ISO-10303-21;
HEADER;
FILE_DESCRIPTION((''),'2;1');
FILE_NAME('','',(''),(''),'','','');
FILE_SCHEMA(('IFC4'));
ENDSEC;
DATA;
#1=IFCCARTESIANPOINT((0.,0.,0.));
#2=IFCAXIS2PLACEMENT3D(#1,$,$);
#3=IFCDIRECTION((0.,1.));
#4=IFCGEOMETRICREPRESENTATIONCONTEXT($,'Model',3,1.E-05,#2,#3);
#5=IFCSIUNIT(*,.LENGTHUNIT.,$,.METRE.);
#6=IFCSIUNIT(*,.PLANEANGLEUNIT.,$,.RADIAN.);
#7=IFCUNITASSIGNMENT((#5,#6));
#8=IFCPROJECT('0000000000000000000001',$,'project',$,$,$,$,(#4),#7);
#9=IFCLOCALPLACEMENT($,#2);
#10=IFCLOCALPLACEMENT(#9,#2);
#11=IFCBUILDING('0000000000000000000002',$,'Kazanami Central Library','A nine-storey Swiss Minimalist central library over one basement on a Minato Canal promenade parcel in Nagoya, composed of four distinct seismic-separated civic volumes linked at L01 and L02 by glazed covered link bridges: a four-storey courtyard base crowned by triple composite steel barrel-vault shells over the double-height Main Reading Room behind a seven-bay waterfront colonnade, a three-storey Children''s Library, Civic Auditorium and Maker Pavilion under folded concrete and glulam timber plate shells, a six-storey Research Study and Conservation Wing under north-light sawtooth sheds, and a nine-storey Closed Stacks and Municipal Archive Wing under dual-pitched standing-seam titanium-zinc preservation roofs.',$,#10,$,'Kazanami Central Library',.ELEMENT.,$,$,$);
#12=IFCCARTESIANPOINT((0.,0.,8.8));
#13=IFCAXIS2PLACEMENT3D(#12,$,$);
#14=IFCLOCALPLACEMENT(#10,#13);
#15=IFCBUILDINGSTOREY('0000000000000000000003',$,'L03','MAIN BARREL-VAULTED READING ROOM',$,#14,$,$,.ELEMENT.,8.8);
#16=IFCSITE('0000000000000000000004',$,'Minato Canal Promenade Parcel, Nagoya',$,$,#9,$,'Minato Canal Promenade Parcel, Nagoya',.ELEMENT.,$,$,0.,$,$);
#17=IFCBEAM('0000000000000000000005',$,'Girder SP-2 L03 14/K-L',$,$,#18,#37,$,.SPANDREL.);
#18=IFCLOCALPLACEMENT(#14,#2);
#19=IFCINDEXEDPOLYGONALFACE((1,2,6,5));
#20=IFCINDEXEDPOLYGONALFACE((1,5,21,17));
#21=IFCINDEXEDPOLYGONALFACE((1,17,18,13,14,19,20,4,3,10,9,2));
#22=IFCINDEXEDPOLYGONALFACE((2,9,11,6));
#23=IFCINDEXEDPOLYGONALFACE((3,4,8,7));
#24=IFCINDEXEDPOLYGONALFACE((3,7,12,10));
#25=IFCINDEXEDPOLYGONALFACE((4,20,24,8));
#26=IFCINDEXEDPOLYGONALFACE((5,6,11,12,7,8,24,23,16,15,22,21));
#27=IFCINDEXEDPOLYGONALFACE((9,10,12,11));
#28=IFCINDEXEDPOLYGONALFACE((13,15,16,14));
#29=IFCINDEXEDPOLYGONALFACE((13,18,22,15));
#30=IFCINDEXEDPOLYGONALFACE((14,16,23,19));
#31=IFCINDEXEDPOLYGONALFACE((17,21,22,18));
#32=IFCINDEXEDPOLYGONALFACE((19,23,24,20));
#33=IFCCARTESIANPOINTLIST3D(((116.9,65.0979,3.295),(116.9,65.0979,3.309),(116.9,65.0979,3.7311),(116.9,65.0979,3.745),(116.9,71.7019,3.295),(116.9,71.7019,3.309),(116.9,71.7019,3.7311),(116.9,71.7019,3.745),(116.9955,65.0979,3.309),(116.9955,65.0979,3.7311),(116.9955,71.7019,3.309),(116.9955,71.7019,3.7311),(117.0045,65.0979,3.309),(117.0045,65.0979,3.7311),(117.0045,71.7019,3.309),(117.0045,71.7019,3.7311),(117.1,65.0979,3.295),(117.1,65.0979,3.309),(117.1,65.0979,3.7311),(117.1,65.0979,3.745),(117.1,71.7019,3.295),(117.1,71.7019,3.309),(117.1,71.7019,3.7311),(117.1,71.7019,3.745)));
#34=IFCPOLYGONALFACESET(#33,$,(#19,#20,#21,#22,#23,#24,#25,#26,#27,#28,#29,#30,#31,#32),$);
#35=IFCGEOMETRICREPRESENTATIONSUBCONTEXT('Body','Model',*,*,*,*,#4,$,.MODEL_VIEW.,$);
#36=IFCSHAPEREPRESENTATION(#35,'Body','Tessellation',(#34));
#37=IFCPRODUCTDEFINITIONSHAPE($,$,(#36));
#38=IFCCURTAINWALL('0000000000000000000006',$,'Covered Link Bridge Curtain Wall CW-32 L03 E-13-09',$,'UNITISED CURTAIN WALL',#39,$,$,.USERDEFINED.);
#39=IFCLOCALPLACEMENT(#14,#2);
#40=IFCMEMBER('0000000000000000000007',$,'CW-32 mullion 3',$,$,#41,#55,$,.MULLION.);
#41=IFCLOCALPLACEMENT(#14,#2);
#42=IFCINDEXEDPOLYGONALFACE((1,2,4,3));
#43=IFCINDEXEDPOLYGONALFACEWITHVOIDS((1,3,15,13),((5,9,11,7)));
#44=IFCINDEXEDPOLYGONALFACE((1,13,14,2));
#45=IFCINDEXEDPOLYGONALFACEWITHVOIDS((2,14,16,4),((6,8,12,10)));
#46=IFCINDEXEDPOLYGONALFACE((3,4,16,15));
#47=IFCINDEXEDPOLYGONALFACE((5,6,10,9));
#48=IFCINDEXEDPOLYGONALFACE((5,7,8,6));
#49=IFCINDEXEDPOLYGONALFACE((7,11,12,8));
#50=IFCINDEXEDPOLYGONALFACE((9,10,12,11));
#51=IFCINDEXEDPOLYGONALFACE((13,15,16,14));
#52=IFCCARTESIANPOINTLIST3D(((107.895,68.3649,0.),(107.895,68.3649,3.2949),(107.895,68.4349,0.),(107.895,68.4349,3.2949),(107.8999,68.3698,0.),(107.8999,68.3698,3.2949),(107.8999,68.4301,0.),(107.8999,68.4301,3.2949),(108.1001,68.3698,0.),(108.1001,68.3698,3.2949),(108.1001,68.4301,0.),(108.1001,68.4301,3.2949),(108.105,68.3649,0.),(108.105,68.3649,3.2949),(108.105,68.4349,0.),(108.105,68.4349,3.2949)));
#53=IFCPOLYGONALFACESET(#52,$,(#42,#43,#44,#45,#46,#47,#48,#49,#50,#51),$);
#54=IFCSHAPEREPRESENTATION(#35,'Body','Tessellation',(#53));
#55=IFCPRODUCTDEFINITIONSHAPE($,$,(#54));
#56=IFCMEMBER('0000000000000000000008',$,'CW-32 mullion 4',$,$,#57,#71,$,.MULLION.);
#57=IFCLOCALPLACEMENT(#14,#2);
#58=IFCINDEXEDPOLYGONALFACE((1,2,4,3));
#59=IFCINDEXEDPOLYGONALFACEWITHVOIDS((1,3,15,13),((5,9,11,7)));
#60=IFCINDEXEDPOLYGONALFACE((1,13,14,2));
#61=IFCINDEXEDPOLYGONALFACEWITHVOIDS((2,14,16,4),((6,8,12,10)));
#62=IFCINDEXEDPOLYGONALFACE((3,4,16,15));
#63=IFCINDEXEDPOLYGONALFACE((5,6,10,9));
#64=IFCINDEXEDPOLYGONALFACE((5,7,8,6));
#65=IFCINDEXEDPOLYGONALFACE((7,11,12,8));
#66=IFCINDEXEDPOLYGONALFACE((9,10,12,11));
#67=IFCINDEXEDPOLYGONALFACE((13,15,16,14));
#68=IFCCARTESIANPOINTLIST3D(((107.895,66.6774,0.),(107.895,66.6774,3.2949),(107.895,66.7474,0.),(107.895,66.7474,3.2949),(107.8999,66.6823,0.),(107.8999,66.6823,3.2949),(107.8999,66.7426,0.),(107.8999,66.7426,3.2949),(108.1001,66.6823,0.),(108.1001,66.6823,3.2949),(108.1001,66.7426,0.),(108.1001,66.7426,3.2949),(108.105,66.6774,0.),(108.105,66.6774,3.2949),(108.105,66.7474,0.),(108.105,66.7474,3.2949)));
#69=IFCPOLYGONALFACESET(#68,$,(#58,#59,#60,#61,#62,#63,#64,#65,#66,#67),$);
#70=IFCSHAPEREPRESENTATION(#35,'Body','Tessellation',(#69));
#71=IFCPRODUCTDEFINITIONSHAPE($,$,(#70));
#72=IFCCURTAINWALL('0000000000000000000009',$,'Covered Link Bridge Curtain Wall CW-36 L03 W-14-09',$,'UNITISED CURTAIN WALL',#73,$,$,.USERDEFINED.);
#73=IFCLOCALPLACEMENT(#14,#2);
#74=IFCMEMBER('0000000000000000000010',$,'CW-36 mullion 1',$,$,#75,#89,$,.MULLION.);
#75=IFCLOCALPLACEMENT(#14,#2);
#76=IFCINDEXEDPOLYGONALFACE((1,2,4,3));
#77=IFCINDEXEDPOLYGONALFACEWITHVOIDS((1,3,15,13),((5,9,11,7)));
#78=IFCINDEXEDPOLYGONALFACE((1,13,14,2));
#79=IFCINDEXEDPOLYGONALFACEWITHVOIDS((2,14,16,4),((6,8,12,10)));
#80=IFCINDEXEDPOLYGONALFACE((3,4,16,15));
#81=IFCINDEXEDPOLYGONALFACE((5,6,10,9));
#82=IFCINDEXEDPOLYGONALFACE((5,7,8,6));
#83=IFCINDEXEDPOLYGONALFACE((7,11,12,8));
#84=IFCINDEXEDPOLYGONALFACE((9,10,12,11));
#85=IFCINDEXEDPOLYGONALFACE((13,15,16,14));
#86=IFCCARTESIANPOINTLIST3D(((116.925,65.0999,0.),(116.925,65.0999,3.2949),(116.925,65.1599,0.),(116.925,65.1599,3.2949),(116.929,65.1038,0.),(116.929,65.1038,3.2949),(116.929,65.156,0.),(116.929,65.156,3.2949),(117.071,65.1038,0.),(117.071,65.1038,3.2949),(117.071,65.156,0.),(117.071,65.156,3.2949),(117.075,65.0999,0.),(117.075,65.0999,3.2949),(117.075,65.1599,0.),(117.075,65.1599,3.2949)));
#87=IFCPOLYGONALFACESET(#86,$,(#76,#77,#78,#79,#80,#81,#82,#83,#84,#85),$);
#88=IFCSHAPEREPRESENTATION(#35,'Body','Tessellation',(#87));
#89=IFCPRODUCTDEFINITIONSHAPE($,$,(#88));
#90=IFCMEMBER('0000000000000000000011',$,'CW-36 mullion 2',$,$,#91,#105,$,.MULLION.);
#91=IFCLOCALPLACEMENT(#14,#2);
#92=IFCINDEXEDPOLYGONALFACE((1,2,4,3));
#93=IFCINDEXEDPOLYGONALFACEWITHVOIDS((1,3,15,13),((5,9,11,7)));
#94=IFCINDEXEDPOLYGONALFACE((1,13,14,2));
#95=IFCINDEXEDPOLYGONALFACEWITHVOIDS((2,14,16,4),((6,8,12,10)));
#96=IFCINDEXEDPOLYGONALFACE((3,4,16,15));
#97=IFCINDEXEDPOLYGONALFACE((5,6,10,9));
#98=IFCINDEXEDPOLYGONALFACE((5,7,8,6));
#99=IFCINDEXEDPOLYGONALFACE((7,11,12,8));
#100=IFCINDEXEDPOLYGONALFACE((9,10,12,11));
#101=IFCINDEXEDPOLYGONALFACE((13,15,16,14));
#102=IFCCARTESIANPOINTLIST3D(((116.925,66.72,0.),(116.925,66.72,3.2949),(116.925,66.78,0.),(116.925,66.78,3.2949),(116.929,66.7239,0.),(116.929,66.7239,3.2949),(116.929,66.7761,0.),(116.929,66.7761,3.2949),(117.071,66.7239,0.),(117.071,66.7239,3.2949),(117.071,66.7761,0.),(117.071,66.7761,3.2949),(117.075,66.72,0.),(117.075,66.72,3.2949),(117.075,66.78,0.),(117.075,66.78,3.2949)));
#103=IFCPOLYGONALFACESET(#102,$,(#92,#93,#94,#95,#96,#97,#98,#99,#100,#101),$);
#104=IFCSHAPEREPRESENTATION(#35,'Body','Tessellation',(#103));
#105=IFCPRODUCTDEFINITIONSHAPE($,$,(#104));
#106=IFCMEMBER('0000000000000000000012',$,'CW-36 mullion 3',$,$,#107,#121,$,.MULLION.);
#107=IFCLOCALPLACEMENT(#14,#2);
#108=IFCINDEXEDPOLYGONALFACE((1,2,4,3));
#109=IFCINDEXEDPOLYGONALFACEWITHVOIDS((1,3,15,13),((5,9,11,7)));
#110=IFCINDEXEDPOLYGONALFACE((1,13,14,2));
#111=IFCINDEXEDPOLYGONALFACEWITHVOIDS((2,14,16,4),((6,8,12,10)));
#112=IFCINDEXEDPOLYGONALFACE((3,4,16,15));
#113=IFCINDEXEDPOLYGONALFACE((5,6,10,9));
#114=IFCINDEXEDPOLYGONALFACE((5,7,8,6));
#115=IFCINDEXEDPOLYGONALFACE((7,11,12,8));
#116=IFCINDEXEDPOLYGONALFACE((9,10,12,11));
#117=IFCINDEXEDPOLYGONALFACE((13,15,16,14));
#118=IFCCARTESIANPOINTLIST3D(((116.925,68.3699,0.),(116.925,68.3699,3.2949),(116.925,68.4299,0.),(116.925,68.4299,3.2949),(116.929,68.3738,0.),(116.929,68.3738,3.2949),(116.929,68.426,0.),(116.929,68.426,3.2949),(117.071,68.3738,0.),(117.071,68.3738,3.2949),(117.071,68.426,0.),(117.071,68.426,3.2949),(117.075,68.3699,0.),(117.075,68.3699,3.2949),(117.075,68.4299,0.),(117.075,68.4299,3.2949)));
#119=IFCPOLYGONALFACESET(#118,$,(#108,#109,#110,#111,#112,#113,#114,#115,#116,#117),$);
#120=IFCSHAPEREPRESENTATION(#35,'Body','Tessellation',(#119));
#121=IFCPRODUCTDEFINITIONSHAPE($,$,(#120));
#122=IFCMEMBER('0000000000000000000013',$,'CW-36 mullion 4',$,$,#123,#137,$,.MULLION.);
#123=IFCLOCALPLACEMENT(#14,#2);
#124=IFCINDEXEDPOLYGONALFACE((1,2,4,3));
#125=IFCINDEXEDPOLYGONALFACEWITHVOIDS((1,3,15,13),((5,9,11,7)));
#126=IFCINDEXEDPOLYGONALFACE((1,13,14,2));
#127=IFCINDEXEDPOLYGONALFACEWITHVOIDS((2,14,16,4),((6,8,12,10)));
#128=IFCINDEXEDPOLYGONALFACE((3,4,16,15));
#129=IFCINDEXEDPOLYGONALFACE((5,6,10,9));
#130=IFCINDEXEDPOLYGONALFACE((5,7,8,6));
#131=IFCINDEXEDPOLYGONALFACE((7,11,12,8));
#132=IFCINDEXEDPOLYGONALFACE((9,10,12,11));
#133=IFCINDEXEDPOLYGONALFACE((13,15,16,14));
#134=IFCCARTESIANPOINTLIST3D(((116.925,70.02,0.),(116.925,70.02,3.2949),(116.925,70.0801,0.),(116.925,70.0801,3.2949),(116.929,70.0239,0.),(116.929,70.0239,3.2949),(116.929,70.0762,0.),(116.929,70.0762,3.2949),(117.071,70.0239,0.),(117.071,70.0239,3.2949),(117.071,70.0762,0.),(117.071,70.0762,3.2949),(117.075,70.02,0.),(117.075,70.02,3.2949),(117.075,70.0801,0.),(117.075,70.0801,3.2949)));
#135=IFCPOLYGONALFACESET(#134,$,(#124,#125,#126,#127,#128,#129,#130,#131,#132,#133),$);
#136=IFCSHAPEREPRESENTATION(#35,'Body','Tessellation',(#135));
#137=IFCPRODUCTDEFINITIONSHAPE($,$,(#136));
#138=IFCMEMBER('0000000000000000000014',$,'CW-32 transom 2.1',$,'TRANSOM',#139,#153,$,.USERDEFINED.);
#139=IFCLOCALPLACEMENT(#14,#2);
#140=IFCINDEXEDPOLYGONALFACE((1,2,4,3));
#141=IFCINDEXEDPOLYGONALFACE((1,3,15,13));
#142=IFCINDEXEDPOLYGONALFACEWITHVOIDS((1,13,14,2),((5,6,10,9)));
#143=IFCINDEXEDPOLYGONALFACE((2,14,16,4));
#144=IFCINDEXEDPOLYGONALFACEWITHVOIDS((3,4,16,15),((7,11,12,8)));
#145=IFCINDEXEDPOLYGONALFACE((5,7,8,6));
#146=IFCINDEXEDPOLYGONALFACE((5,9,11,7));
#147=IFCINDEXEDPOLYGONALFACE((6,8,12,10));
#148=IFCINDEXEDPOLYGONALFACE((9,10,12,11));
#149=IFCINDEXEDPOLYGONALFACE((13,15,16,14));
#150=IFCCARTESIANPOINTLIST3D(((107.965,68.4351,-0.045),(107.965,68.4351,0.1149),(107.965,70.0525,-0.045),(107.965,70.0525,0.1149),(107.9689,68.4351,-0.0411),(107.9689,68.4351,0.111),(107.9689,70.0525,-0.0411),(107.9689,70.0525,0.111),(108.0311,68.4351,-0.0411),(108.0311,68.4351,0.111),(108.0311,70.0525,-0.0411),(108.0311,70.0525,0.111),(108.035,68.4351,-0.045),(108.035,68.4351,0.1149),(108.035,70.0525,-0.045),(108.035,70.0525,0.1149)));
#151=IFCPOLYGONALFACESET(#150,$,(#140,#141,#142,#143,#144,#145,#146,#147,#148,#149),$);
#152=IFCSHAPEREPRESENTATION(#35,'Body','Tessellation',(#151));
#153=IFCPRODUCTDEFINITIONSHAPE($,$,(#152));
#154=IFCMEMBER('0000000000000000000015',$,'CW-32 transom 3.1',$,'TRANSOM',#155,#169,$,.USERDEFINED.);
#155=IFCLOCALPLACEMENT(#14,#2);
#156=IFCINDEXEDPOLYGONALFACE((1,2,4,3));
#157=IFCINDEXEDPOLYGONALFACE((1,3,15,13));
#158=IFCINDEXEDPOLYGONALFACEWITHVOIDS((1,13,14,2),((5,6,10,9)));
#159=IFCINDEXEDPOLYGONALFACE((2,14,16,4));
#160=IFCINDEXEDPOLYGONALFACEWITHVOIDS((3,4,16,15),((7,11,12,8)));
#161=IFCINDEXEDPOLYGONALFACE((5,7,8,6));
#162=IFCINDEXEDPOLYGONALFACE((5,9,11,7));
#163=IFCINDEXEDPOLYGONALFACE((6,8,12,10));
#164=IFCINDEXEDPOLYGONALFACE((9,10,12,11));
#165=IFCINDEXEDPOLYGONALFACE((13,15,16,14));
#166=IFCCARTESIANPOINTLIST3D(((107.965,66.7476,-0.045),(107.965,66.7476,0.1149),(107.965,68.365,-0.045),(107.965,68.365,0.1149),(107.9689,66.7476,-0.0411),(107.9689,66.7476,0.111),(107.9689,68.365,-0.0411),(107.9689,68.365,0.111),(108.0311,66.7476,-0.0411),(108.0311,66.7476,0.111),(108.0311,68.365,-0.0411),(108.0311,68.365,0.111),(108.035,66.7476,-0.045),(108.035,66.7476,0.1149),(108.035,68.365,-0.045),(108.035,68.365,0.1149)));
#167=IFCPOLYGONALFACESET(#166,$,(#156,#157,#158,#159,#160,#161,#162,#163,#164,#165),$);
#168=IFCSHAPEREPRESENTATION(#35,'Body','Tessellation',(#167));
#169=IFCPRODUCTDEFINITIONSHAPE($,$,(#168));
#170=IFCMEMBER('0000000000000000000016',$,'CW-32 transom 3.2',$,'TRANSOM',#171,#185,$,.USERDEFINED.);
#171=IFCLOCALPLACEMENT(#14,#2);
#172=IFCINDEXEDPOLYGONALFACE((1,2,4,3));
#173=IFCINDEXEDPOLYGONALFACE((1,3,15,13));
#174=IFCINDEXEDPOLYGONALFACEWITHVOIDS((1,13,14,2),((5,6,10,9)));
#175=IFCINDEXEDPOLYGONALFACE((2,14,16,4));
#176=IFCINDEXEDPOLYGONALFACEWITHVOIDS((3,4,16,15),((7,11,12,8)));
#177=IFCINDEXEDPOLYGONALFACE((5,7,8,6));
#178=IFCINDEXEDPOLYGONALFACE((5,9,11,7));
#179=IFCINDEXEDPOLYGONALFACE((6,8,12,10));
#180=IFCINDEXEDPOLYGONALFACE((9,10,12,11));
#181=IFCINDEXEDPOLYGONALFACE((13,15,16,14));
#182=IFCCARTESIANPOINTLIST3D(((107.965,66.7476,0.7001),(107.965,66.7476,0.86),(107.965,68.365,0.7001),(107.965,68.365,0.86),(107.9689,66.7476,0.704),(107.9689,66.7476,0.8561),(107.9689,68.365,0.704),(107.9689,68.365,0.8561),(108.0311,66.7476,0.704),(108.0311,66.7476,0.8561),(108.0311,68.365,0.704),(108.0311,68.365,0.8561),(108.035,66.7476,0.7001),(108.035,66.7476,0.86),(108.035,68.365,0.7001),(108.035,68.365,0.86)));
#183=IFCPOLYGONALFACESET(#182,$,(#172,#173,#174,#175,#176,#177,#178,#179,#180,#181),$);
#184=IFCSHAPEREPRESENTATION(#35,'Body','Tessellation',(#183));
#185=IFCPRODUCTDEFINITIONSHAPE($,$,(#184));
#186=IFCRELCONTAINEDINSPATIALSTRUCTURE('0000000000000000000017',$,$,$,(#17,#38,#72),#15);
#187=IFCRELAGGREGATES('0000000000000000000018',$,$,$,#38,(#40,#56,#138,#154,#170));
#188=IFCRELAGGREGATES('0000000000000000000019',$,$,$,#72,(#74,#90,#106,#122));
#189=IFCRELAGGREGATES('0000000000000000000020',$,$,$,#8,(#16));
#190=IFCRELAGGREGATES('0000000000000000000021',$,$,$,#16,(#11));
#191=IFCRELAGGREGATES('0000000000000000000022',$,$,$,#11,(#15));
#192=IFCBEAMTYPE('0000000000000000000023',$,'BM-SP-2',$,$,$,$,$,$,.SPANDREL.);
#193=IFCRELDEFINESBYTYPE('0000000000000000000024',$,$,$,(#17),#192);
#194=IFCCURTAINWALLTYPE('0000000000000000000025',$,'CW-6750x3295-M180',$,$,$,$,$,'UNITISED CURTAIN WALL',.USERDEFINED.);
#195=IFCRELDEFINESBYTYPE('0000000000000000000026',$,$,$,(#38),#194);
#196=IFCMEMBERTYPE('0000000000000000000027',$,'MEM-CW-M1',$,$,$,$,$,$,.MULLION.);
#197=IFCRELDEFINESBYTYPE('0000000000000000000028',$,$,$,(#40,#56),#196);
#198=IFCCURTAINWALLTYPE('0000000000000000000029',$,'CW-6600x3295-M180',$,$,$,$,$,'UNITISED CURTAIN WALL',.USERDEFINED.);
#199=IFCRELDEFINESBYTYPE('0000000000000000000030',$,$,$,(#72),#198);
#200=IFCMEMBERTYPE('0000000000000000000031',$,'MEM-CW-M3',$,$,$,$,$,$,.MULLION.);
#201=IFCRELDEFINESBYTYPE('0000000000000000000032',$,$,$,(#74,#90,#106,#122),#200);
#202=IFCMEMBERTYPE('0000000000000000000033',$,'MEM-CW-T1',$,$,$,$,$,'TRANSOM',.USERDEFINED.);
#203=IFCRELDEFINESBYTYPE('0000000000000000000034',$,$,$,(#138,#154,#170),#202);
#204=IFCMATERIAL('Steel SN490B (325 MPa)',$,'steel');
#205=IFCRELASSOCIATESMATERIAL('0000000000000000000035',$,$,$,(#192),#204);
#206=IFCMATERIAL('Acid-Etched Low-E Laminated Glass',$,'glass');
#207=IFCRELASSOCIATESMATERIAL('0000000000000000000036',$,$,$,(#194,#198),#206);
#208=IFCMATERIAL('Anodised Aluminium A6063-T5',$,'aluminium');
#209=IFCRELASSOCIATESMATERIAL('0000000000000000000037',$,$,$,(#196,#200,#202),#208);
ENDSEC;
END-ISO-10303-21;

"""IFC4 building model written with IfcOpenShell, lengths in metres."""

from ifc_helpers import new_model, si_unit, direction, frame, origin, origin_2d, place, context, subcontext, project, spatial, hollow_rectangle, i_section, extrude, material, material_profile, profile_set, type_object, element, aggregate, save


model = new_model("IFC4")

# Units and contexts
model_context = context("Model", 3, precision=1e-05, world=origin(), true_north=direction((0.0, 1.0)))
body_context = subcontext(model_context, "Body", "Model", "MODEL_VIEW")
ifc_project = project(units=[si_unit("LENGTHUNIT", "METRE"), si_unit("PLANEANGLEUNIT", "RADIAN")], contexts=[model_context])

# Site, building, storey
site_placement = place(None, origin())
site = spatial("IfcSite", under=ifc_project, at=site_placement, Name="Minato Canal Promenade Parcel, Nagoya", LongName="Minato Canal Promenade Parcel, Nagoya", CompositionType="ELEMENT", RefElevation=0.0)
building_placement = place(site_placement, origin())
building = spatial("IfcBuilding", under=site, at=building_placement, Name="Kazanami Central Library", Description="A nine-storey Swiss Minimalist central library over one basement on a Minato Canal promenade parcel in Nagoya, composed of four distinct seismic-separated civic volumes linked at L01 and L02 by glazed covered link bridges: a four-storey courtyard base crowned by triple composite steel barrel-vault shells over the double-height Main Reading Room behind a seven-bay waterfront colonnade, a three-storey Children's Library, Civic Auditorium and Maker Pavilion under folded concrete and glulam timber plate shells, a six-storey Research Study and Conservation Wing under north-light sawtooth sheds, and a nine-storey Closed Stacks and Municipal Archive Wing under dual-pitched standing-seam titanium-zinc preservation roofs.", LongName="Kazanami Central Library", CompositionType="ELEMENT")
storey_placement = place(building_placement, frame((0.0, 0.0, 8.8)))
storey = spatial("IfcBuildingStorey", under=building, at=storey_placement, Name="L03", Description="MAIN BARREL-VAULTED READING ROOM", CompositionType="ELEMENT", Elevation=8.8)

# Beam
ifc_material_1 = material(Name="Steel SN490B (325 MPa)", Category="steel")
ifc_material_profile_1 = material_profile(ifc_material_1, i_section(OverallWidth=0.2, OverallDepth=0.45, WebThickness=0.009, FlangeThickness=0.0139, at=origin_2d()), Name="H-450x200x9x14")
ifc_profile_set_1 = profile_set([ifc_material_profile_1], Name="Steel SN490B (325 MPa)")
beam_type = type_object("IfcBeamType", Name="BM-SP-2", PredefinedType="SPANDREL", material=ifc_profile_set_1)
beam_placement = place(storey_placement, frame((117.0, 65.0979, 3.52), z_axis=(0.0, 1.0, 0.0), x_axis=(-1.0, 0.0, 0.0)))
element("IfcBeam", 1, at=beam_placement, inside=storey, type_object=beam_type, Name="Girder SP-2 L03 14/K-L", PredefinedType="SPANDREL", context=body_context, shape_type="SweptSolid", body=[
    extrude(i_section(OverallWidth=0.2, OverallDepth=0.45, WebThickness=0.009, FlangeThickness=0.0139, at=origin_2d()), origin(), (0.0, 0.0, 1.0), 6.604),
])

# Curtain walls, members
ifc_material_2 = material(Name="Acid-Etched Low-E Laminated Glass", Category="glass")
curtain_wall_type_1 = type_object("IfcCurtainWallType", Name="CW-6750x3295-M180", ElementType="UNITISED CURTAIN WALL", PredefinedType="USERDEFINED", material=ifc_material_2)
curtain_wall_1_placement = place(storey_placement, origin())
curtain_wall_1 = element("IfcCurtainWall", 2, at=curtain_wall_1_placement, inside=storey, type_object=curtain_wall_type_1, Name="Covered Link Bridge Curtain Wall CW-32 L03 E-13-09", ObjectType="UNITISED CURTAIN WALL", PredefinedType="USERDEFINED")
ifc_material_3 = material(Name="Anodised Aluminium A6063-T5", Category="aluminium")
ifc_material_profile_2 = material_profile(ifc_material_3, hollow_rectangle(XDim=0.0701, YDim=0.21, WallThickness=0.0049, at=origin_2d()), Name="ALU-MULL-70x210x5")
ifc_profile_set_2 = profile_set([ifc_material_profile_2], Name="Anodised Aluminium A6063-T5")
member_type_1 = type_object("IfcMemberType", Name="MEM-CW-M1", PredefinedType="MULLION", material=ifc_profile_set_2)
member_1_placement = place(storey_placement, frame((108.0, 68.3999, 0.0), z_axis=(0.0, 0.0, 1.0), x_axis=(0.0, -1.0, 0.0)))
member_1 = element("IfcMember", 3, at=member_1_placement, type_object=member_type_1, Name="CW-32 mullion 3", PredefinedType="MULLION", context=body_context, shape_type="SweptSolid", body=[
    extrude(hollow_rectangle(XDim=0.0701, YDim=0.21, WallThickness=0.0049, at=origin_2d()), origin(), (0.0, 0.0, 1.0), 3.2949),
])
member_2_placement = place(storey_placement, frame((108.0, 66.7124, 0.0), z_axis=(0.0, 0.0, 1.0), x_axis=(0.0, -1.0, 0.0)))
member_2 = element("IfcMember", 4, at=member_2_placement, type_object=member_type_1, Name="CW-32 mullion 4", PredefinedType="MULLION", context=body_context, shape_type="SweptSolid", body=[
    extrude(hollow_rectangle(XDim=0.0701, YDim=0.21, WallThickness=0.0049, at=origin_2d()), origin(), (0.0, 0.0, 1.0), 3.2949),
])
curtain_wall_type_2 = type_object("IfcCurtainWallType", Name="CW-6600x3295-M180", ElementType="UNITISED CURTAIN WALL", PredefinedType="USERDEFINED", material=ifc_material_2)
curtain_wall_2_placement = place(storey_placement, origin())
curtain_wall_2 = element("IfcCurtainWall", 5, at=curtain_wall_2_placement, inside=storey, type_object=curtain_wall_type_2, Name="Covered Link Bridge Curtain Wall CW-36 L03 W-14-09", ObjectType="UNITISED CURTAIN WALL", PredefinedType="USERDEFINED")
ifc_material_profile_3 = material_profile(ifc_material_3, hollow_rectangle(XDim=0.0601, YDim=0.1499, WallThickness=0.0039, at=origin_2d()), Name="ALU-MULL-60x150x4")
ifc_profile_set_3 = profile_set([ifc_material_profile_3], Name="Anodised Aluminium A6063-T5")
member_type_2 = type_object("IfcMemberType", Name="MEM-CW-M3", PredefinedType="MULLION", material=ifc_profile_set_3)
member_3_placement = place(storey_placement, frame((117.0, 65.1299, 0.0), z_axis=(0.0, 0.0, 1.0), x_axis=(0.0, 1.0, 0.0)))
member_3 = element("IfcMember", 6, at=member_3_placement, type_object=member_type_2, Name="CW-36 mullion 1", PredefinedType="MULLION", context=body_context, shape_type="SweptSolid", body=[
    extrude(hollow_rectangle(XDim=0.0601, YDim=0.1499, WallThickness=0.0039, at=origin_2d()), origin(), (0.0, 0.0, 1.0), 3.2949),
])
member_4_placement = place(storey_placement, frame((117.0, 66.75, 0.0), z_axis=(0.0, 0.0, 1.0), x_axis=(0.0, 1.0, 0.0)))
member_4 = element("IfcMember", 7, at=member_4_placement, type_object=member_type_2, Name="CW-36 mullion 2", PredefinedType="MULLION", context=body_context, shape_type="SweptSolid", body=[
    extrude(hollow_rectangle(XDim=0.0601, YDim=0.1499, WallThickness=0.0039, at=origin_2d()), origin(), (0.0, 0.0, 1.0), 3.2949),
])
member_5_placement = place(storey_placement, frame((117.0, 68.3999, 0.0), z_axis=(0.0, 0.0, 1.0), x_axis=(0.0, 1.0, 0.0)))
member_5 = element("IfcMember", 8, at=member_5_placement, type_object=member_type_2, Name="CW-36 mullion 3", PredefinedType="MULLION", context=body_context, shape_type="SweptSolid", body=[
    extrude(hollow_rectangle(XDim=0.0601, YDim=0.1499, WallThickness=0.0039, at=origin_2d()), origin(), (0.0, 0.0, 1.0), 3.2949),
])
member_6_placement = place(storey_placement, frame((117.0, 70.05, 0.0), z_axis=(0.0, 0.0, 1.0), x_axis=(0.0, 1.0, 0.0)))
member_6 = element("IfcMember", 9, at=member_6_placement, type_object=member_type_2, Name="CW-36 mullion 4", PredefinedType="MULLION", context=body_context, shape_type="SweptSolid", body=[
    extrude(hollow_rectangle(XDim=0.0601, YDim=0.1499, WallThickness=0.0039, at=origin_2d()), origin(), (0.0, 0.0, 1.0), 3.2949),
])

# Members
ifc_material_profile_4 = material_profile(ifc_material_3, hollow_rectangle(XDim=0.0701, YDim=0.1599, WallThickness=0.0039, at=origin_2d()), Name="ALU-TRAN-70x160x4")
ifc_profile_set_4 = profile_set([ifc_material_profile_4], Name="Anodised Aluminium A6063-T5")
member_type_3 = type_object("IfcMemberType", Name="MEM-CW-T1", ElementType="TRANSOM", PredefinedType="USERDEFINED", material=ifc_profile_set_4)
member_7_placement = place(storey_placement, frame((108.0, 70.0525, 0.0349), z_axis=(0.0, -1.0, 0.0), x_axis=(1.0, 0.0, 0.0)))
member_7 = element("IfcMember", 10, at=member_7_placement, type_object=member_type_3, Name="CW-32 transom 2.1", ObjectType="TRANSOM", PredefinedType="USERDEFINED", context=body_context, shape_type="SweptSolid", body=[
    extrude(hollow_rectangle(XDim=0.0701, YDim=0.1599, WallThickness=0.0039, at=origin_2d()), origin(), (0.0, 0.0, 1.0), 1.6174),
])
member_8_placement = place(storey_placement, frame((108.0, 68.365, 0.0349), z_axis=(0.0, -1.0, 0.0), x_axis=(1.0, 0.0, 0.0)))
member_8 = element("IfcMember", 11, at=member_8_placement, type_object=member_type_3, Name="CW-32 transom 3.1", ObjectType="TRANSOM", PredefinedType="USERDEFINED", context=body_context, shape_type="SweptSolid", body=[
    extrude(hollow_rectangle(XDim=0.0701, YDim=0.1599, WallThickness=0.0039, at=origin_2d()), origin(), (0.0, 0.0, 1.0), 1.6174),
])
member_9_placement = place(storey_placement, frame((108.0, 68.365, 0.78), z_axis=(0.0, -1.0, 0.0), x_axis=(1.0, 0.0, 0.0)))
member_9 = element("IfcMember", 12, at=member_9_placement, type_object=member_type_3, Name="CW-32 transom 3.2", ObjectType="TRANSOM", PredefinedType="USERDEFINED", context=body_context, shape_type="SweptSolid", body=[
    extrude(hollow_rectangle(XDim=0.0701, YDim=0.1599, WallThickness=0.0039, at=origin_2d()), origin(), (0.0, 0.0, 1.0), 1.6174),
])

aggregate(curtain_wall_1, [member_1, member_2, member_7, member_8, member_9])
aggregate(curtain_wall_2, [member_3, member_4, member_5, member_6])

save(model, "model.ifc")
